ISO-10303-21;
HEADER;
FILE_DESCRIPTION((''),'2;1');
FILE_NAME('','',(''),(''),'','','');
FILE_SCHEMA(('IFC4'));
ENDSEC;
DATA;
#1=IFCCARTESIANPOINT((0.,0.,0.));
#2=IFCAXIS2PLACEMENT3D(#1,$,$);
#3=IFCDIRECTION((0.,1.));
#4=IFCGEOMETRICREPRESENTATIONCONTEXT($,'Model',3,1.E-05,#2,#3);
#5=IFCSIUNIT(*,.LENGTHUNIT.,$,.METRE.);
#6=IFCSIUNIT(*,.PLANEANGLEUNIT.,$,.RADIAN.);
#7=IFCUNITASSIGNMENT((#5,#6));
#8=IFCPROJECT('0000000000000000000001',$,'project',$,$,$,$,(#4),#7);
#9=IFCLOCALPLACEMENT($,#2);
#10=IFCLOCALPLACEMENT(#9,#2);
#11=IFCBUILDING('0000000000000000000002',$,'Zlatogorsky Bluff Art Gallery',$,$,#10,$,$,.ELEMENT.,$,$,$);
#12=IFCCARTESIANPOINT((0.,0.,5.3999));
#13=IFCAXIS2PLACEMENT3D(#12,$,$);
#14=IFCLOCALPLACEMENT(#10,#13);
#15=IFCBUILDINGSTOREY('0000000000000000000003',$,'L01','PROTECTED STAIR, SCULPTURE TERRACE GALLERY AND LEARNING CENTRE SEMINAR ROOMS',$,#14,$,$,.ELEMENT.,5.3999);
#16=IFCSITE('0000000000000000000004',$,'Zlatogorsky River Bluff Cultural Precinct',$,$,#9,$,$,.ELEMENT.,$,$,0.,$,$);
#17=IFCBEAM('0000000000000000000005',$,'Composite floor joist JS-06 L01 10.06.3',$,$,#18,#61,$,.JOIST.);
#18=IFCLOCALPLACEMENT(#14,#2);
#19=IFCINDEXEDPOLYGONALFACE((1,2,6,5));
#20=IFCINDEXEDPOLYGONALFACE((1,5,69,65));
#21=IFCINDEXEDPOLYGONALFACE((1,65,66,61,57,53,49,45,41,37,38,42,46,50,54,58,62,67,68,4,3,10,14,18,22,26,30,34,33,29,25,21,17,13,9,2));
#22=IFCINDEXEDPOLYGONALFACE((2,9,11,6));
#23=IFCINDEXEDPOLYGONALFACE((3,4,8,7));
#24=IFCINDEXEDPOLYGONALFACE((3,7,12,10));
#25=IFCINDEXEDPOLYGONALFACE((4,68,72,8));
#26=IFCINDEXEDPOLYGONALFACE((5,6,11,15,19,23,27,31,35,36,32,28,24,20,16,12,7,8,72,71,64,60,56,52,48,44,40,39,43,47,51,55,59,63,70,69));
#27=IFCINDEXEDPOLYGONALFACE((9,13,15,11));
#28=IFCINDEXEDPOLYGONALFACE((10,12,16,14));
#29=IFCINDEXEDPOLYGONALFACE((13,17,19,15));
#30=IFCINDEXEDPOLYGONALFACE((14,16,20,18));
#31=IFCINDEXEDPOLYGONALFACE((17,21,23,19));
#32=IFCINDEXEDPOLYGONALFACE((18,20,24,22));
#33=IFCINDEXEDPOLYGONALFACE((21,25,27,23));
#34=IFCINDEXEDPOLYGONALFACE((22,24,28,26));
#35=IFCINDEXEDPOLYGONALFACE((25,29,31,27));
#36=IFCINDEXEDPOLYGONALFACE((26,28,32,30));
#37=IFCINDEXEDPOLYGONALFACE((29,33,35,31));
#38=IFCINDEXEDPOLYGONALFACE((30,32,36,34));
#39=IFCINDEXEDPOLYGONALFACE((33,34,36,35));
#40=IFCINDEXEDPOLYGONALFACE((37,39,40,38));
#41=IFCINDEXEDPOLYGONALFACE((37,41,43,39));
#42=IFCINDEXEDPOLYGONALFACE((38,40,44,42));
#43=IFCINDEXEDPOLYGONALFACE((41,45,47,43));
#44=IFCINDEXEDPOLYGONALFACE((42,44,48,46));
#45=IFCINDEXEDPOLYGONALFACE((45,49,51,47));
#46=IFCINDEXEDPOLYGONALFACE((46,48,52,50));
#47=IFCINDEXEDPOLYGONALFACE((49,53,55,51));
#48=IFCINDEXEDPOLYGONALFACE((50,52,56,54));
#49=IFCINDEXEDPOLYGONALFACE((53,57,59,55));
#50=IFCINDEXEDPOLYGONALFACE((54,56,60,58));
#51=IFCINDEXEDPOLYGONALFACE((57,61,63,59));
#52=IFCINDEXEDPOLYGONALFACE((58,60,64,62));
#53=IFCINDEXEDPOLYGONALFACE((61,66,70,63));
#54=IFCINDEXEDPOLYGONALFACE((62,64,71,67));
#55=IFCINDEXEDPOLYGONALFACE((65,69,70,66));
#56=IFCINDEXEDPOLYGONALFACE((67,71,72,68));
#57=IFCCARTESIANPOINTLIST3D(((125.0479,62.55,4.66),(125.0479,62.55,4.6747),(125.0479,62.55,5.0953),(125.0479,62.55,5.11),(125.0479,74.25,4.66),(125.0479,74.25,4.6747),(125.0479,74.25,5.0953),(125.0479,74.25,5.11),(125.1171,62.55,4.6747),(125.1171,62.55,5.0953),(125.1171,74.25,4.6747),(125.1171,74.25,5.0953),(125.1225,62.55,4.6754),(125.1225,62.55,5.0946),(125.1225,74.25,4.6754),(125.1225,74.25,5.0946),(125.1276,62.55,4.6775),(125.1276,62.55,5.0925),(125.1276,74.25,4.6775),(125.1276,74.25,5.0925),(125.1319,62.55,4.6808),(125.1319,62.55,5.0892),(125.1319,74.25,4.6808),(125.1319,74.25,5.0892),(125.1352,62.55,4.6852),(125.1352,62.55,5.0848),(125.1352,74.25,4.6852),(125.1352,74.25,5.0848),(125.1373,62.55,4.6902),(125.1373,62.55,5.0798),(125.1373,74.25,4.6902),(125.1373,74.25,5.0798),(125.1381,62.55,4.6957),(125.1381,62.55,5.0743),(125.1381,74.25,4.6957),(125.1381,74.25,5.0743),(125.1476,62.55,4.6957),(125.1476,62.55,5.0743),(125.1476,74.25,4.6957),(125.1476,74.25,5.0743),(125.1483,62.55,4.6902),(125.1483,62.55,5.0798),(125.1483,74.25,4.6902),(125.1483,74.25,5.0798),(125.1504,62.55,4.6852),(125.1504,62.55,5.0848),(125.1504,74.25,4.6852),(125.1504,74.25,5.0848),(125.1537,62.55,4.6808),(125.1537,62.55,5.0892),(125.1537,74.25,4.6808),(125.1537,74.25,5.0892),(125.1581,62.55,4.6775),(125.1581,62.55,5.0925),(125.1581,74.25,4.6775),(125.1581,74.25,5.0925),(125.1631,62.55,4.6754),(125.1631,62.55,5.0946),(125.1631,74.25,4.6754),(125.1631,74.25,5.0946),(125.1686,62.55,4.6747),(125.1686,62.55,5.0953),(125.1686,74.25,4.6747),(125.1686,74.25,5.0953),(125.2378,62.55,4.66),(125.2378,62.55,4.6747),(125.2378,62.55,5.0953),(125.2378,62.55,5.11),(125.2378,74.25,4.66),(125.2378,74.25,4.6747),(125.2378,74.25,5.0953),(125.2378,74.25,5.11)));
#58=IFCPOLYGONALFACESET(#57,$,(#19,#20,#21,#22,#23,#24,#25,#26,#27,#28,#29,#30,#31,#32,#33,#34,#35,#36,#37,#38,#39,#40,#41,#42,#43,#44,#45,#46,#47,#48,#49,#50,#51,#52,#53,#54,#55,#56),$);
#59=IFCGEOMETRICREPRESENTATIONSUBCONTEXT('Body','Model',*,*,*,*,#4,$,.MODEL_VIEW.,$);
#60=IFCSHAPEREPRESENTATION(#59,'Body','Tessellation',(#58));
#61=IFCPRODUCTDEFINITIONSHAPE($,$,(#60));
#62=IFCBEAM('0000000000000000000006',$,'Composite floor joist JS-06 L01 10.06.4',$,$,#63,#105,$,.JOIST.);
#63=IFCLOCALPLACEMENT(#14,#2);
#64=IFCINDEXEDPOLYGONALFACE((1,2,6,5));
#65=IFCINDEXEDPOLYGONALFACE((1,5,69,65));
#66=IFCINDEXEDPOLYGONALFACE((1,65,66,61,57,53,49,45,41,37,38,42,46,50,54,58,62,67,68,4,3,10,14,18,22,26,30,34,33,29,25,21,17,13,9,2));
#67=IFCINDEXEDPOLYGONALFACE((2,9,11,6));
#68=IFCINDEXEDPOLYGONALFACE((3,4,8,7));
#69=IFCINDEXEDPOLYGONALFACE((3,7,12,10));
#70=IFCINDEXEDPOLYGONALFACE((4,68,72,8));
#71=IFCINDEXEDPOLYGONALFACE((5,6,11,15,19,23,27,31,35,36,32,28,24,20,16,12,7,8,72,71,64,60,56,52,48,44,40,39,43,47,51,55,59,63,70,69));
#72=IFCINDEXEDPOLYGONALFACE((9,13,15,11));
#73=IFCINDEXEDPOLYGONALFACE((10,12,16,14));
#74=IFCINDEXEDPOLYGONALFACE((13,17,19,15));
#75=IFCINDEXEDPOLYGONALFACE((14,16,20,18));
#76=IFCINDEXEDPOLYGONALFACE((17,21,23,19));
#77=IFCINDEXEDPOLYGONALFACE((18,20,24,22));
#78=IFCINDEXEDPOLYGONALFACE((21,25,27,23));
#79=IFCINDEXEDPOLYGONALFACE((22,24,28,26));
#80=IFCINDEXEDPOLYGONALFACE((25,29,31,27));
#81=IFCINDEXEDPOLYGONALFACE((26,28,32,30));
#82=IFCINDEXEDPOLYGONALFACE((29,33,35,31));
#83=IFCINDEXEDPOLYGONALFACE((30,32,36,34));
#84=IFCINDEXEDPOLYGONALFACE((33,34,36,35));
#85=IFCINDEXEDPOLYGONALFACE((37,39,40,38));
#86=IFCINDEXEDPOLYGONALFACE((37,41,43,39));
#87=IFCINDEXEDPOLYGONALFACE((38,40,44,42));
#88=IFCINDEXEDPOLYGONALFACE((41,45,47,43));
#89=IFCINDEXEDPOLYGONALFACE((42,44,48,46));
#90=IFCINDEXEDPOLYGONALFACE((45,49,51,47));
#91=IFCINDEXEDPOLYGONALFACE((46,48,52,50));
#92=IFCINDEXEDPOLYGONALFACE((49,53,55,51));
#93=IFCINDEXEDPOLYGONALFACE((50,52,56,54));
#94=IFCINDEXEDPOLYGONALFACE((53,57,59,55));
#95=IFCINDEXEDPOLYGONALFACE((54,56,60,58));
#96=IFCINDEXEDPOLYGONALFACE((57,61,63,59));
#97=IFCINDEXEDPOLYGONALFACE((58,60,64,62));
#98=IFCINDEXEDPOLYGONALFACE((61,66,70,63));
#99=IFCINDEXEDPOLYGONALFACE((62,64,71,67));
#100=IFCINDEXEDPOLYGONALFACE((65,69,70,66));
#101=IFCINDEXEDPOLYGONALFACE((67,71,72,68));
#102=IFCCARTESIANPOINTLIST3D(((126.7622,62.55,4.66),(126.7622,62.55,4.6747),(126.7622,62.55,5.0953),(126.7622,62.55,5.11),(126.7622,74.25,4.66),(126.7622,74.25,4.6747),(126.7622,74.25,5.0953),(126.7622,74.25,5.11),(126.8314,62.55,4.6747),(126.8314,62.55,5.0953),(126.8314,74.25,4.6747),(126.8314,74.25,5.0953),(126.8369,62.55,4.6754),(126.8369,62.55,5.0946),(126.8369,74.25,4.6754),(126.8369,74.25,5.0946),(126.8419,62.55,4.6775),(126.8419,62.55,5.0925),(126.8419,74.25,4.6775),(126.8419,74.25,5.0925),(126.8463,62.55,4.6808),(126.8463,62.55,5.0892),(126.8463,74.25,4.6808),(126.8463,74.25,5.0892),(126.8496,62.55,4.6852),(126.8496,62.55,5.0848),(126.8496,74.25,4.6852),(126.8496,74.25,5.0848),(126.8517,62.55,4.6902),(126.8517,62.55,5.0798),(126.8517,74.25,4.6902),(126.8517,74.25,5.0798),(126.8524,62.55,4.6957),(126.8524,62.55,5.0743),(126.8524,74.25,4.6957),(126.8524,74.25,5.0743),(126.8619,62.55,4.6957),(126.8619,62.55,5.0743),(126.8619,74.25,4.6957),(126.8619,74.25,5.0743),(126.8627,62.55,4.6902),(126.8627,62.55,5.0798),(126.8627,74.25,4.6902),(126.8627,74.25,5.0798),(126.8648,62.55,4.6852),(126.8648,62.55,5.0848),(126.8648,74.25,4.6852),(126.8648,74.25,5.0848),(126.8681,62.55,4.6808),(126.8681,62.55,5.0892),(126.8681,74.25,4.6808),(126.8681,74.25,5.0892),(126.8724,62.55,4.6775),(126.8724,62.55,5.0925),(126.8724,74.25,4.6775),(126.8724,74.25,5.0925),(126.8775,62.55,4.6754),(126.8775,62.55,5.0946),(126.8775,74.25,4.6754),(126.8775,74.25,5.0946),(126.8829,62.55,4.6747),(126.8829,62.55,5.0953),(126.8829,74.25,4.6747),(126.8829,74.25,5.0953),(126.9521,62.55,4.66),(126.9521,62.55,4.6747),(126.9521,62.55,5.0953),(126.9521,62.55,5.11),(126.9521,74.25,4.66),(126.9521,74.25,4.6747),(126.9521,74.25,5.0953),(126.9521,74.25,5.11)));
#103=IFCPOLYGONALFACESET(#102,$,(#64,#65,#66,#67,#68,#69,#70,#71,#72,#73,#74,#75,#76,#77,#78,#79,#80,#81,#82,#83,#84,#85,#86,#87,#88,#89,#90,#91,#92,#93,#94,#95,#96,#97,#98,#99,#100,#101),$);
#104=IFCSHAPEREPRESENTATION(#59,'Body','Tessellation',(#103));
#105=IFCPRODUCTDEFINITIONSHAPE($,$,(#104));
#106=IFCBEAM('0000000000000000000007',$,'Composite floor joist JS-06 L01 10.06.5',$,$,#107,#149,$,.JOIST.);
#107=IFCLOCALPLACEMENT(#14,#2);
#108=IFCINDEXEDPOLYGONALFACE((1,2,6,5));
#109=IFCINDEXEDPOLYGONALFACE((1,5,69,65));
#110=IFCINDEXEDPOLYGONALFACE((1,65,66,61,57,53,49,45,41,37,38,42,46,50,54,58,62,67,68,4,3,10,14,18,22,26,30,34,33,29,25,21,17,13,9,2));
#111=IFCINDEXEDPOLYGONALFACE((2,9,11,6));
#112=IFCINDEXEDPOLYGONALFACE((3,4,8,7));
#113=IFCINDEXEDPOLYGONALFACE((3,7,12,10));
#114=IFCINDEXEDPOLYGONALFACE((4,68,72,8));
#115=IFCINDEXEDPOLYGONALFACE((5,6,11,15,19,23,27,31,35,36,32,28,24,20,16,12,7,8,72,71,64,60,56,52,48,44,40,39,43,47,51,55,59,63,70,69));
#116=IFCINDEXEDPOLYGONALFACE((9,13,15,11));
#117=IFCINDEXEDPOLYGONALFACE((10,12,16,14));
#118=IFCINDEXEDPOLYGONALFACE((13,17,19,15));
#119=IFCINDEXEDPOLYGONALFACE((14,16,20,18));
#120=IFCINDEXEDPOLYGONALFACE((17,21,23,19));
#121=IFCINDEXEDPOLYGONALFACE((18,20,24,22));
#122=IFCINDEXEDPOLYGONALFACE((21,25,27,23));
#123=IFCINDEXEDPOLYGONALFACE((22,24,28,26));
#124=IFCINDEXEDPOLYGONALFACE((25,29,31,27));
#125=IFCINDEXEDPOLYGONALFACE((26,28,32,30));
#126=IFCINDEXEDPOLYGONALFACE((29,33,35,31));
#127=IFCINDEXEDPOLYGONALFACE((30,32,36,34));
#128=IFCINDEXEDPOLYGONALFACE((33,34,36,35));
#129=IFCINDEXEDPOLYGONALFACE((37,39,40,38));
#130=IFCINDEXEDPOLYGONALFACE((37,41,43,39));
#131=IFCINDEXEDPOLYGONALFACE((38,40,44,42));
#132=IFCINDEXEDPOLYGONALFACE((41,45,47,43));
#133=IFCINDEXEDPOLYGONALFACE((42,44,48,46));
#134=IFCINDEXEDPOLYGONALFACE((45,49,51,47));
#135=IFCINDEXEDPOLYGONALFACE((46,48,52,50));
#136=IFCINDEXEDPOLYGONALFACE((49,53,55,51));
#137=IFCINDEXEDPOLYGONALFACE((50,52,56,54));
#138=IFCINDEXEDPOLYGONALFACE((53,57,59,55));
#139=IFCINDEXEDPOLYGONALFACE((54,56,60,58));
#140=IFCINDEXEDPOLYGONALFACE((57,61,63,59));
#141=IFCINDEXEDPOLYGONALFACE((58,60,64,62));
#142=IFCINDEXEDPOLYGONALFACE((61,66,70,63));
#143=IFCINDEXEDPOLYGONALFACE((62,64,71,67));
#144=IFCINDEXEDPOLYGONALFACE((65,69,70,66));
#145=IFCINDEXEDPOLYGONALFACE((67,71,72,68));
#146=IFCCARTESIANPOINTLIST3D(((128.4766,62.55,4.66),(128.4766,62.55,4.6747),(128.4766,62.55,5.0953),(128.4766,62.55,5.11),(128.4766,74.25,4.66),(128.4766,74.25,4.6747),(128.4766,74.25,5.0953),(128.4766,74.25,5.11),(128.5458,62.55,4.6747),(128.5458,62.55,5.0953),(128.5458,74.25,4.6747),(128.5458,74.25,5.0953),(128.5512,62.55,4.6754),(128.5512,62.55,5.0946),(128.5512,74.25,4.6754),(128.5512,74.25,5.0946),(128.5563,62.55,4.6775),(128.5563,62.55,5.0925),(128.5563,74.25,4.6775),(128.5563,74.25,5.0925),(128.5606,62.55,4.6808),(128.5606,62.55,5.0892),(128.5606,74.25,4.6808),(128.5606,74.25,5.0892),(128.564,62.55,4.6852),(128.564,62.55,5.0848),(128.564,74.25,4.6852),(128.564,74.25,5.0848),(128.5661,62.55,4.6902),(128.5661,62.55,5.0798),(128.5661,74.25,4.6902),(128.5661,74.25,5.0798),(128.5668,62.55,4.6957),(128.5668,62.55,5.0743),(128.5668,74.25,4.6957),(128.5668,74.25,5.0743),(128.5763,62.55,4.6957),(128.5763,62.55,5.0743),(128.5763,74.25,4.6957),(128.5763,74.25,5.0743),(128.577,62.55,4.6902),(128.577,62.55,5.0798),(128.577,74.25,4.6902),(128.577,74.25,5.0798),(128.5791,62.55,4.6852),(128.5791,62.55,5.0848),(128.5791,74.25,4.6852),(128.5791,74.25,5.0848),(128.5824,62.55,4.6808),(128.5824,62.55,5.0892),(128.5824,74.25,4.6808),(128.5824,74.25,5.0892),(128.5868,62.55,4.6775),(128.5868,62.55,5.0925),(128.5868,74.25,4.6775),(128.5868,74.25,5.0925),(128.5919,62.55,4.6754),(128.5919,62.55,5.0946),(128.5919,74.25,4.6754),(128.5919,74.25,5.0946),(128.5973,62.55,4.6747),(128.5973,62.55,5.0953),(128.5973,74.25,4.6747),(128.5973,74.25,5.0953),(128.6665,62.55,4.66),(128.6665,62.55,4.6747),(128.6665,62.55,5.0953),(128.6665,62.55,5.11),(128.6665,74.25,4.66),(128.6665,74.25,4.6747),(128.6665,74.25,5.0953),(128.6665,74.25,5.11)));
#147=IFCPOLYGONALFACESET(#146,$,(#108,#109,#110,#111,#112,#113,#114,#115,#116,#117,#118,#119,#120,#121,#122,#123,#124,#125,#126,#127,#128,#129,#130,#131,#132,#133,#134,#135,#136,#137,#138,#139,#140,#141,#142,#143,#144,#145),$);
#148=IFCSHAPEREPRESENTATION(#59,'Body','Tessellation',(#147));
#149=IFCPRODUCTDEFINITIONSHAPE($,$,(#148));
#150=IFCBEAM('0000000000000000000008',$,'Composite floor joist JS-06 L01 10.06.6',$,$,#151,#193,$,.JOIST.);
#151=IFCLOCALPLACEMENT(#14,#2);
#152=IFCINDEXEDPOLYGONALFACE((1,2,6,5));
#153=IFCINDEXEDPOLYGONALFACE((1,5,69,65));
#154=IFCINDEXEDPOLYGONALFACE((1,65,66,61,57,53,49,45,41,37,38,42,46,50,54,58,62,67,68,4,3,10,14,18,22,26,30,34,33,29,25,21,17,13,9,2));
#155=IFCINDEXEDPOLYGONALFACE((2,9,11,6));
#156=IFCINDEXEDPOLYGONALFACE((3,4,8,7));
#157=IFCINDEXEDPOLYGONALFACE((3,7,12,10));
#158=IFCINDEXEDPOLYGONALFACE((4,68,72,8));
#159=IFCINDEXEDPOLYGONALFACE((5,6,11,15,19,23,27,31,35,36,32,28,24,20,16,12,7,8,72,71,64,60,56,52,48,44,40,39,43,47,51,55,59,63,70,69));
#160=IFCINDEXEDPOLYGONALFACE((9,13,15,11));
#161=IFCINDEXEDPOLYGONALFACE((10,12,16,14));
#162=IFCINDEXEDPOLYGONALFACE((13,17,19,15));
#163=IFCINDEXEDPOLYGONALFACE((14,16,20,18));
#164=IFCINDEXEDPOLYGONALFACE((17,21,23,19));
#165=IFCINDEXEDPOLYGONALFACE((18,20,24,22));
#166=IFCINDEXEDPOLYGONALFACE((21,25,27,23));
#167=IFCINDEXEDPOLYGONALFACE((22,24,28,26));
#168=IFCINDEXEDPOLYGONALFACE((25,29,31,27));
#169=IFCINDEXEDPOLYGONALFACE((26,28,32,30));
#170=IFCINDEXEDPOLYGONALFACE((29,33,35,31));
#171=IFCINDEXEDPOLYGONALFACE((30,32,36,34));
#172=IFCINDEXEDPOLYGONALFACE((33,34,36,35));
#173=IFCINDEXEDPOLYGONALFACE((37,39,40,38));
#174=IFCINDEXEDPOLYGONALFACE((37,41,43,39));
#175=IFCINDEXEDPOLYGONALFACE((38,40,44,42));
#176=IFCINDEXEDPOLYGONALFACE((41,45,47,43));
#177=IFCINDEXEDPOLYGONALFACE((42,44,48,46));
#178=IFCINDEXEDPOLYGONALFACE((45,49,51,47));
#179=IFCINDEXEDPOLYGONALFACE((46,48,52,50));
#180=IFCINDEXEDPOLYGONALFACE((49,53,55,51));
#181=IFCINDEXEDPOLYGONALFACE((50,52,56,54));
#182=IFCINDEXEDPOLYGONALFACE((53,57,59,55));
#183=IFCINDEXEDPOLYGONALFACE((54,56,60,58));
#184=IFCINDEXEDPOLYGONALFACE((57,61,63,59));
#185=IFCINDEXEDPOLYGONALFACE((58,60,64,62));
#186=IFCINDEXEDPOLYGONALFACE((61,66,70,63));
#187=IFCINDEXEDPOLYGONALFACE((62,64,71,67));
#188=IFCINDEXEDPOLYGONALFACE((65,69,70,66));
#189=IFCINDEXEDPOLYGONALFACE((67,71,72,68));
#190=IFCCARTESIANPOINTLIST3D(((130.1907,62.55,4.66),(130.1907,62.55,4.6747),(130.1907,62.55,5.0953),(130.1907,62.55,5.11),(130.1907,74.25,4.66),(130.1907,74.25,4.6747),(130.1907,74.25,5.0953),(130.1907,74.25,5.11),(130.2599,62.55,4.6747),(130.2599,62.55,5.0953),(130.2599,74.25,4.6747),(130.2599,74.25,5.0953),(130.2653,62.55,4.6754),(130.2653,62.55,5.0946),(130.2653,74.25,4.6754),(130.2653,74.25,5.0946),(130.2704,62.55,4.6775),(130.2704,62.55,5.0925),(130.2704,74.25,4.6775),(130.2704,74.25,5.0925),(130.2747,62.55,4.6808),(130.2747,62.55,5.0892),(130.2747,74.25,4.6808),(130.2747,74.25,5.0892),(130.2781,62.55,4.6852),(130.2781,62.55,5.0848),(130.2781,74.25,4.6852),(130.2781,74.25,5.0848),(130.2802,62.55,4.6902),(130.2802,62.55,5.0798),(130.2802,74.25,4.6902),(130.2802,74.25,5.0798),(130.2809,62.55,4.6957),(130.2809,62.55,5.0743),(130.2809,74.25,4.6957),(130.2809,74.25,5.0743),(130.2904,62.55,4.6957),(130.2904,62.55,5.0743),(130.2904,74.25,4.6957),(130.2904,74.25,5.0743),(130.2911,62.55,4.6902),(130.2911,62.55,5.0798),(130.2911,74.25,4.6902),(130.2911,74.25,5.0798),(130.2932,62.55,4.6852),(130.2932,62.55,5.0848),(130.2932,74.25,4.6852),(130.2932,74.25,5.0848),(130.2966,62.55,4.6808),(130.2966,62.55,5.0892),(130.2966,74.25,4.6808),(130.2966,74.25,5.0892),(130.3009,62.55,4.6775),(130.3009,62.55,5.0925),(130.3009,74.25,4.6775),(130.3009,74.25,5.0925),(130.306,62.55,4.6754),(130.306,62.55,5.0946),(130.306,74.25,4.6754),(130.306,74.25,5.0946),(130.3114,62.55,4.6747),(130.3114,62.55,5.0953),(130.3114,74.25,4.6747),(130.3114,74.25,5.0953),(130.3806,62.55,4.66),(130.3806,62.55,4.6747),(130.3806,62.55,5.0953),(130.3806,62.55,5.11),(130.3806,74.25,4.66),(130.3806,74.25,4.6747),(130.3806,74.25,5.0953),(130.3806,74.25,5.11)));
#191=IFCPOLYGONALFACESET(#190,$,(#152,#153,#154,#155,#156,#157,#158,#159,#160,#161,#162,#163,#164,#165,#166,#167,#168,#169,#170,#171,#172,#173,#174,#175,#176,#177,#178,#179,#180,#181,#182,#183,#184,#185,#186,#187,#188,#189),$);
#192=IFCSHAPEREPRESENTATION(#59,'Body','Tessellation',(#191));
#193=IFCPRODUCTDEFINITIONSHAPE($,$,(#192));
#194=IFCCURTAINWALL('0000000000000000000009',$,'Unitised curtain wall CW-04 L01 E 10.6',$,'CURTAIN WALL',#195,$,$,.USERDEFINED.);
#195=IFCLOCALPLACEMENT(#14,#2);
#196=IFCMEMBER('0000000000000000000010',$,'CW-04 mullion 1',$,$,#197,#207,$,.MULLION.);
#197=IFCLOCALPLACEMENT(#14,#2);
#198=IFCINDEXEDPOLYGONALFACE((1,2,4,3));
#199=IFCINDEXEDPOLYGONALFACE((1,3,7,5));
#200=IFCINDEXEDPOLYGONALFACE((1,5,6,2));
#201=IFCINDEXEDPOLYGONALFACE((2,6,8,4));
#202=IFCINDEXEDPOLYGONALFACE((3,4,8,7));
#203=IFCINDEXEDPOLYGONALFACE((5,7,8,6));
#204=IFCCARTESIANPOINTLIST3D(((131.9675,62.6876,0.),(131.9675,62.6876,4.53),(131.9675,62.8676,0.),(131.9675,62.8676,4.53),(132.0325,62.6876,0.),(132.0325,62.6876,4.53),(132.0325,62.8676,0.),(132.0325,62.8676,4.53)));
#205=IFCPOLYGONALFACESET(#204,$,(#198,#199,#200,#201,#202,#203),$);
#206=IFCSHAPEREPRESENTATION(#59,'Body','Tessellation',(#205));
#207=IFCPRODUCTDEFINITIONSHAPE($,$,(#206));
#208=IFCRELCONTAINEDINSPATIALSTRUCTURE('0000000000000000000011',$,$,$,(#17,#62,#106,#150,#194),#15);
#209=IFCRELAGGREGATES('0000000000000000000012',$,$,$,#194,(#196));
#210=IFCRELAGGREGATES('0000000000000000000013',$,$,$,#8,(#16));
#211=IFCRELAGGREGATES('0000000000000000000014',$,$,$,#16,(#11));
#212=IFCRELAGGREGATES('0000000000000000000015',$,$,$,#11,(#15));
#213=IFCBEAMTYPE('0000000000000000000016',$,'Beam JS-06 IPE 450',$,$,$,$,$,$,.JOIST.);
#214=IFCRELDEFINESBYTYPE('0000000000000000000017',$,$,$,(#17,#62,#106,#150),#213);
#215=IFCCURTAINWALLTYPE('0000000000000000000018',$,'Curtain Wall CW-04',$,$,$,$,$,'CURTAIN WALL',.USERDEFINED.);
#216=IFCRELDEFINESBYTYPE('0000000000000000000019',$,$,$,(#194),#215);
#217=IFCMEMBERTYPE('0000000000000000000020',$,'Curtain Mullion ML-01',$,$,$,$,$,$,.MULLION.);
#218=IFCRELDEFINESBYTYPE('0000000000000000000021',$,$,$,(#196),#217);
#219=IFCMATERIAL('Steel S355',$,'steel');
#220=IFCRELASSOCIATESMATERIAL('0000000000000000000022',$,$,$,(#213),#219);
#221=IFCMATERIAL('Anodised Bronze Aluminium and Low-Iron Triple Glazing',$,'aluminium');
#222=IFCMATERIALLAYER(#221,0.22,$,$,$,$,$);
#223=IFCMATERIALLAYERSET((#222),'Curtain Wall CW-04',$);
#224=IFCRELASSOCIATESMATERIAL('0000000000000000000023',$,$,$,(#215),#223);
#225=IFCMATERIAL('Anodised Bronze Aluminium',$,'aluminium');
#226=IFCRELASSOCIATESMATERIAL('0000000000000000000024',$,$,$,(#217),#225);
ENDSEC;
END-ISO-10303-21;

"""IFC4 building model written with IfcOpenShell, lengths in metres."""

from ifc_helpers import new_model, si_unit, direction, frame, origin, origin_2d, place, context, subcontext, project, spatial, rectangle, i_section, extrude, material, layer, layer_set, material_profile, profile_set, type_object, element, aggregate, save


model = new_model("IFC4")

# Units and contexts
model_context = context("Model", 3, precision=1e-05, world=origin(), true_north=direction((0.0, 1.0)))
body_context = subcontext(model_context, "Body", "Model", "MODEL_VIEW")
ifc_project = project(units=[si_unit("LENGTHUNIT", "METRE"), si_unit("PLANEANGLEUNIT", "RADIAN")], contexts=[model_context])

# Site, building, storey
site_placement = place(None, origin())
site = spatial("IfcSite", under=ifc_project, at=site_placement, Name="Zlatogorsky River Bluff Cultural Precinct", CompositionType="ELEMENT", RefElevation=0.0)
building_placement = place(site_placement, origin())
building = spatial("IfcBuilding", under=site, at=building_placement, Name="Zlatogorsky Bluff Art Gallery", CompositionType="ELEMENT")
storey_placement = place(building_placement, frame((0.0, 0.0, 5.3999)))
storey = spatial("IfcBuildingStorey", under=building, at=storey_placement, Name="L01", Description="PROTECTED STAIR, SCULPTURE TERRACE GALLERY AND LEARNING CENTRE SEMINAR ROOMS", CompositionType="ELEMENT", Elevation=5.3999)

# Beams
ifc_material_1 = material(Name="Steel S355", Category="steel")
ifc_material_profile_1 = material_profile(ifc_material_1, i_section(OverallWidth=0.1899, OverallDepth=0.45, WebThickness=0.0095, FlangeThickness=0.0146, FilletRadius=0.021, at=origin_2d()), Name="IPE 450")
ifc_profile_set_1 = profile_set([ifc_material_profile_1], Name="Steel S355")
beam_type_1 = type_object("IfcBeamType", Name="Beam JS-06 IPE 450", PredefinedType="JOIST", material=ifc_profile_set_1)
for number, where, z_axis, x_axis, name in (
    (1, (125.1428, 62.55, 4.885), (0.0, 1.0, 0.0), (-1.0, 0.0, 0.0), "Composite floor joist JS-06 L01 10.06.3"),
    (2, (126.8572, 62.55, 4.885), (0.0, 1.0, 0.0), (-1.0, 0.0, 0.0), "Composite floor joist JS-06 L01 10.06.4"),
    (3, (128.5715, 62.55, 4.885), (0.0, 1.0, 0.0), (-1.0, 0.0, 0.0), "Composite floor joist JS-06 L01 10.06.5"),
    (4, (130.2856, 62.55, 4.885), (0.0, 1.0, 0.0), (-1.0, 0.0, 0.0), "Composite floor joist JS-06 L01 10.06.6"),
):
    element("IfcBeam", number, at=place(storey_placement, frame(where, z_axis=z_axis, x_axis=x_axis)), inside=storey, type_object=beam_type_1, Name=name, PredefinedType="JOIST", context=body_context, shape_type="SweptSolid", body=[
        extrude(i_section(OverallWidth=0.1899, OverallDepth=0.45, WebThickness=0.0095, FlangeThickness=0.0146, FilletRadius=0.021, at=origin_2d()), origin(), (0.0, 0.0, 1.0), 11.7),
    ])

# Curtain wall, member
ifc_material_2 = material(Name="Anodised Bronze Aluminium and Low-Iron Triple Glazing", Category="aluminium")
ifc_layer_1 = layer(ifc_material_2, 0.22)
ifc_layer_set_1 = layer_set([ifc_layer_1], Name="Curtain Wall CW-04")
curtain_wall_type = type_object("IfcCurtainWallType", Name="Curtain Wall CW-04", ElementType="CURTAIN WALL", PredefinedType="USERDEFINED", material=ifc_layer_set_1)
curtain_wall_placement = place(storey_placement, origin())
curtain_wall = element("IfcCurtainWall", 5, at=curtain_wall_placement, inside=storey, type_object=curtain_wall_type, Name="Unitised curtain wall CW-04 L01 E 10.6", ObjectType="CURTAIN WALL", PredefinedType="USERDEFINED")
ifc_material_3 = material(Name="Anodised Bronze Aluminium", Category="aluminium")
ifc_material_profile_2 = material_profile(ifc_material_3, rectangle(XDim=0.0649, YDim=0.1799, at=origin_2d()), Name="ALU MULLION 65x180")
ifc_profile_set_2 = profile_set([ifc_material_profile_2], Name="Anodised Bronze Aluminium")
member_type_1 = type_object("IfcMemberType", Name="Curtain Mullion ML-01", PredefinedType="MULLION", material=ifc_profile_set_2)
member_1_placement = place(storey_placement, frame((132.0, 62.7776, 0.0), z_axis=(0.0, 0.0, 1.0), x_axis=(-1.0, 0.0, 0.0)))
member_1 = element("IfcMember", 6, at=member_1_placement, type_object=member_type_1, Name="CW-04 mullion 1", PredefinedType="MULLION", context=body_context, shape_type="SweptSolid", body=[
    extrude(rectangle(XDim=0.0649, YDim=0.1799, at=origin_2d()), origin(), (0.0, 0.0, 1.0), 4.53),
])
aggregate(curtain_wall, [member_1])

save(model, "model.ifc")
